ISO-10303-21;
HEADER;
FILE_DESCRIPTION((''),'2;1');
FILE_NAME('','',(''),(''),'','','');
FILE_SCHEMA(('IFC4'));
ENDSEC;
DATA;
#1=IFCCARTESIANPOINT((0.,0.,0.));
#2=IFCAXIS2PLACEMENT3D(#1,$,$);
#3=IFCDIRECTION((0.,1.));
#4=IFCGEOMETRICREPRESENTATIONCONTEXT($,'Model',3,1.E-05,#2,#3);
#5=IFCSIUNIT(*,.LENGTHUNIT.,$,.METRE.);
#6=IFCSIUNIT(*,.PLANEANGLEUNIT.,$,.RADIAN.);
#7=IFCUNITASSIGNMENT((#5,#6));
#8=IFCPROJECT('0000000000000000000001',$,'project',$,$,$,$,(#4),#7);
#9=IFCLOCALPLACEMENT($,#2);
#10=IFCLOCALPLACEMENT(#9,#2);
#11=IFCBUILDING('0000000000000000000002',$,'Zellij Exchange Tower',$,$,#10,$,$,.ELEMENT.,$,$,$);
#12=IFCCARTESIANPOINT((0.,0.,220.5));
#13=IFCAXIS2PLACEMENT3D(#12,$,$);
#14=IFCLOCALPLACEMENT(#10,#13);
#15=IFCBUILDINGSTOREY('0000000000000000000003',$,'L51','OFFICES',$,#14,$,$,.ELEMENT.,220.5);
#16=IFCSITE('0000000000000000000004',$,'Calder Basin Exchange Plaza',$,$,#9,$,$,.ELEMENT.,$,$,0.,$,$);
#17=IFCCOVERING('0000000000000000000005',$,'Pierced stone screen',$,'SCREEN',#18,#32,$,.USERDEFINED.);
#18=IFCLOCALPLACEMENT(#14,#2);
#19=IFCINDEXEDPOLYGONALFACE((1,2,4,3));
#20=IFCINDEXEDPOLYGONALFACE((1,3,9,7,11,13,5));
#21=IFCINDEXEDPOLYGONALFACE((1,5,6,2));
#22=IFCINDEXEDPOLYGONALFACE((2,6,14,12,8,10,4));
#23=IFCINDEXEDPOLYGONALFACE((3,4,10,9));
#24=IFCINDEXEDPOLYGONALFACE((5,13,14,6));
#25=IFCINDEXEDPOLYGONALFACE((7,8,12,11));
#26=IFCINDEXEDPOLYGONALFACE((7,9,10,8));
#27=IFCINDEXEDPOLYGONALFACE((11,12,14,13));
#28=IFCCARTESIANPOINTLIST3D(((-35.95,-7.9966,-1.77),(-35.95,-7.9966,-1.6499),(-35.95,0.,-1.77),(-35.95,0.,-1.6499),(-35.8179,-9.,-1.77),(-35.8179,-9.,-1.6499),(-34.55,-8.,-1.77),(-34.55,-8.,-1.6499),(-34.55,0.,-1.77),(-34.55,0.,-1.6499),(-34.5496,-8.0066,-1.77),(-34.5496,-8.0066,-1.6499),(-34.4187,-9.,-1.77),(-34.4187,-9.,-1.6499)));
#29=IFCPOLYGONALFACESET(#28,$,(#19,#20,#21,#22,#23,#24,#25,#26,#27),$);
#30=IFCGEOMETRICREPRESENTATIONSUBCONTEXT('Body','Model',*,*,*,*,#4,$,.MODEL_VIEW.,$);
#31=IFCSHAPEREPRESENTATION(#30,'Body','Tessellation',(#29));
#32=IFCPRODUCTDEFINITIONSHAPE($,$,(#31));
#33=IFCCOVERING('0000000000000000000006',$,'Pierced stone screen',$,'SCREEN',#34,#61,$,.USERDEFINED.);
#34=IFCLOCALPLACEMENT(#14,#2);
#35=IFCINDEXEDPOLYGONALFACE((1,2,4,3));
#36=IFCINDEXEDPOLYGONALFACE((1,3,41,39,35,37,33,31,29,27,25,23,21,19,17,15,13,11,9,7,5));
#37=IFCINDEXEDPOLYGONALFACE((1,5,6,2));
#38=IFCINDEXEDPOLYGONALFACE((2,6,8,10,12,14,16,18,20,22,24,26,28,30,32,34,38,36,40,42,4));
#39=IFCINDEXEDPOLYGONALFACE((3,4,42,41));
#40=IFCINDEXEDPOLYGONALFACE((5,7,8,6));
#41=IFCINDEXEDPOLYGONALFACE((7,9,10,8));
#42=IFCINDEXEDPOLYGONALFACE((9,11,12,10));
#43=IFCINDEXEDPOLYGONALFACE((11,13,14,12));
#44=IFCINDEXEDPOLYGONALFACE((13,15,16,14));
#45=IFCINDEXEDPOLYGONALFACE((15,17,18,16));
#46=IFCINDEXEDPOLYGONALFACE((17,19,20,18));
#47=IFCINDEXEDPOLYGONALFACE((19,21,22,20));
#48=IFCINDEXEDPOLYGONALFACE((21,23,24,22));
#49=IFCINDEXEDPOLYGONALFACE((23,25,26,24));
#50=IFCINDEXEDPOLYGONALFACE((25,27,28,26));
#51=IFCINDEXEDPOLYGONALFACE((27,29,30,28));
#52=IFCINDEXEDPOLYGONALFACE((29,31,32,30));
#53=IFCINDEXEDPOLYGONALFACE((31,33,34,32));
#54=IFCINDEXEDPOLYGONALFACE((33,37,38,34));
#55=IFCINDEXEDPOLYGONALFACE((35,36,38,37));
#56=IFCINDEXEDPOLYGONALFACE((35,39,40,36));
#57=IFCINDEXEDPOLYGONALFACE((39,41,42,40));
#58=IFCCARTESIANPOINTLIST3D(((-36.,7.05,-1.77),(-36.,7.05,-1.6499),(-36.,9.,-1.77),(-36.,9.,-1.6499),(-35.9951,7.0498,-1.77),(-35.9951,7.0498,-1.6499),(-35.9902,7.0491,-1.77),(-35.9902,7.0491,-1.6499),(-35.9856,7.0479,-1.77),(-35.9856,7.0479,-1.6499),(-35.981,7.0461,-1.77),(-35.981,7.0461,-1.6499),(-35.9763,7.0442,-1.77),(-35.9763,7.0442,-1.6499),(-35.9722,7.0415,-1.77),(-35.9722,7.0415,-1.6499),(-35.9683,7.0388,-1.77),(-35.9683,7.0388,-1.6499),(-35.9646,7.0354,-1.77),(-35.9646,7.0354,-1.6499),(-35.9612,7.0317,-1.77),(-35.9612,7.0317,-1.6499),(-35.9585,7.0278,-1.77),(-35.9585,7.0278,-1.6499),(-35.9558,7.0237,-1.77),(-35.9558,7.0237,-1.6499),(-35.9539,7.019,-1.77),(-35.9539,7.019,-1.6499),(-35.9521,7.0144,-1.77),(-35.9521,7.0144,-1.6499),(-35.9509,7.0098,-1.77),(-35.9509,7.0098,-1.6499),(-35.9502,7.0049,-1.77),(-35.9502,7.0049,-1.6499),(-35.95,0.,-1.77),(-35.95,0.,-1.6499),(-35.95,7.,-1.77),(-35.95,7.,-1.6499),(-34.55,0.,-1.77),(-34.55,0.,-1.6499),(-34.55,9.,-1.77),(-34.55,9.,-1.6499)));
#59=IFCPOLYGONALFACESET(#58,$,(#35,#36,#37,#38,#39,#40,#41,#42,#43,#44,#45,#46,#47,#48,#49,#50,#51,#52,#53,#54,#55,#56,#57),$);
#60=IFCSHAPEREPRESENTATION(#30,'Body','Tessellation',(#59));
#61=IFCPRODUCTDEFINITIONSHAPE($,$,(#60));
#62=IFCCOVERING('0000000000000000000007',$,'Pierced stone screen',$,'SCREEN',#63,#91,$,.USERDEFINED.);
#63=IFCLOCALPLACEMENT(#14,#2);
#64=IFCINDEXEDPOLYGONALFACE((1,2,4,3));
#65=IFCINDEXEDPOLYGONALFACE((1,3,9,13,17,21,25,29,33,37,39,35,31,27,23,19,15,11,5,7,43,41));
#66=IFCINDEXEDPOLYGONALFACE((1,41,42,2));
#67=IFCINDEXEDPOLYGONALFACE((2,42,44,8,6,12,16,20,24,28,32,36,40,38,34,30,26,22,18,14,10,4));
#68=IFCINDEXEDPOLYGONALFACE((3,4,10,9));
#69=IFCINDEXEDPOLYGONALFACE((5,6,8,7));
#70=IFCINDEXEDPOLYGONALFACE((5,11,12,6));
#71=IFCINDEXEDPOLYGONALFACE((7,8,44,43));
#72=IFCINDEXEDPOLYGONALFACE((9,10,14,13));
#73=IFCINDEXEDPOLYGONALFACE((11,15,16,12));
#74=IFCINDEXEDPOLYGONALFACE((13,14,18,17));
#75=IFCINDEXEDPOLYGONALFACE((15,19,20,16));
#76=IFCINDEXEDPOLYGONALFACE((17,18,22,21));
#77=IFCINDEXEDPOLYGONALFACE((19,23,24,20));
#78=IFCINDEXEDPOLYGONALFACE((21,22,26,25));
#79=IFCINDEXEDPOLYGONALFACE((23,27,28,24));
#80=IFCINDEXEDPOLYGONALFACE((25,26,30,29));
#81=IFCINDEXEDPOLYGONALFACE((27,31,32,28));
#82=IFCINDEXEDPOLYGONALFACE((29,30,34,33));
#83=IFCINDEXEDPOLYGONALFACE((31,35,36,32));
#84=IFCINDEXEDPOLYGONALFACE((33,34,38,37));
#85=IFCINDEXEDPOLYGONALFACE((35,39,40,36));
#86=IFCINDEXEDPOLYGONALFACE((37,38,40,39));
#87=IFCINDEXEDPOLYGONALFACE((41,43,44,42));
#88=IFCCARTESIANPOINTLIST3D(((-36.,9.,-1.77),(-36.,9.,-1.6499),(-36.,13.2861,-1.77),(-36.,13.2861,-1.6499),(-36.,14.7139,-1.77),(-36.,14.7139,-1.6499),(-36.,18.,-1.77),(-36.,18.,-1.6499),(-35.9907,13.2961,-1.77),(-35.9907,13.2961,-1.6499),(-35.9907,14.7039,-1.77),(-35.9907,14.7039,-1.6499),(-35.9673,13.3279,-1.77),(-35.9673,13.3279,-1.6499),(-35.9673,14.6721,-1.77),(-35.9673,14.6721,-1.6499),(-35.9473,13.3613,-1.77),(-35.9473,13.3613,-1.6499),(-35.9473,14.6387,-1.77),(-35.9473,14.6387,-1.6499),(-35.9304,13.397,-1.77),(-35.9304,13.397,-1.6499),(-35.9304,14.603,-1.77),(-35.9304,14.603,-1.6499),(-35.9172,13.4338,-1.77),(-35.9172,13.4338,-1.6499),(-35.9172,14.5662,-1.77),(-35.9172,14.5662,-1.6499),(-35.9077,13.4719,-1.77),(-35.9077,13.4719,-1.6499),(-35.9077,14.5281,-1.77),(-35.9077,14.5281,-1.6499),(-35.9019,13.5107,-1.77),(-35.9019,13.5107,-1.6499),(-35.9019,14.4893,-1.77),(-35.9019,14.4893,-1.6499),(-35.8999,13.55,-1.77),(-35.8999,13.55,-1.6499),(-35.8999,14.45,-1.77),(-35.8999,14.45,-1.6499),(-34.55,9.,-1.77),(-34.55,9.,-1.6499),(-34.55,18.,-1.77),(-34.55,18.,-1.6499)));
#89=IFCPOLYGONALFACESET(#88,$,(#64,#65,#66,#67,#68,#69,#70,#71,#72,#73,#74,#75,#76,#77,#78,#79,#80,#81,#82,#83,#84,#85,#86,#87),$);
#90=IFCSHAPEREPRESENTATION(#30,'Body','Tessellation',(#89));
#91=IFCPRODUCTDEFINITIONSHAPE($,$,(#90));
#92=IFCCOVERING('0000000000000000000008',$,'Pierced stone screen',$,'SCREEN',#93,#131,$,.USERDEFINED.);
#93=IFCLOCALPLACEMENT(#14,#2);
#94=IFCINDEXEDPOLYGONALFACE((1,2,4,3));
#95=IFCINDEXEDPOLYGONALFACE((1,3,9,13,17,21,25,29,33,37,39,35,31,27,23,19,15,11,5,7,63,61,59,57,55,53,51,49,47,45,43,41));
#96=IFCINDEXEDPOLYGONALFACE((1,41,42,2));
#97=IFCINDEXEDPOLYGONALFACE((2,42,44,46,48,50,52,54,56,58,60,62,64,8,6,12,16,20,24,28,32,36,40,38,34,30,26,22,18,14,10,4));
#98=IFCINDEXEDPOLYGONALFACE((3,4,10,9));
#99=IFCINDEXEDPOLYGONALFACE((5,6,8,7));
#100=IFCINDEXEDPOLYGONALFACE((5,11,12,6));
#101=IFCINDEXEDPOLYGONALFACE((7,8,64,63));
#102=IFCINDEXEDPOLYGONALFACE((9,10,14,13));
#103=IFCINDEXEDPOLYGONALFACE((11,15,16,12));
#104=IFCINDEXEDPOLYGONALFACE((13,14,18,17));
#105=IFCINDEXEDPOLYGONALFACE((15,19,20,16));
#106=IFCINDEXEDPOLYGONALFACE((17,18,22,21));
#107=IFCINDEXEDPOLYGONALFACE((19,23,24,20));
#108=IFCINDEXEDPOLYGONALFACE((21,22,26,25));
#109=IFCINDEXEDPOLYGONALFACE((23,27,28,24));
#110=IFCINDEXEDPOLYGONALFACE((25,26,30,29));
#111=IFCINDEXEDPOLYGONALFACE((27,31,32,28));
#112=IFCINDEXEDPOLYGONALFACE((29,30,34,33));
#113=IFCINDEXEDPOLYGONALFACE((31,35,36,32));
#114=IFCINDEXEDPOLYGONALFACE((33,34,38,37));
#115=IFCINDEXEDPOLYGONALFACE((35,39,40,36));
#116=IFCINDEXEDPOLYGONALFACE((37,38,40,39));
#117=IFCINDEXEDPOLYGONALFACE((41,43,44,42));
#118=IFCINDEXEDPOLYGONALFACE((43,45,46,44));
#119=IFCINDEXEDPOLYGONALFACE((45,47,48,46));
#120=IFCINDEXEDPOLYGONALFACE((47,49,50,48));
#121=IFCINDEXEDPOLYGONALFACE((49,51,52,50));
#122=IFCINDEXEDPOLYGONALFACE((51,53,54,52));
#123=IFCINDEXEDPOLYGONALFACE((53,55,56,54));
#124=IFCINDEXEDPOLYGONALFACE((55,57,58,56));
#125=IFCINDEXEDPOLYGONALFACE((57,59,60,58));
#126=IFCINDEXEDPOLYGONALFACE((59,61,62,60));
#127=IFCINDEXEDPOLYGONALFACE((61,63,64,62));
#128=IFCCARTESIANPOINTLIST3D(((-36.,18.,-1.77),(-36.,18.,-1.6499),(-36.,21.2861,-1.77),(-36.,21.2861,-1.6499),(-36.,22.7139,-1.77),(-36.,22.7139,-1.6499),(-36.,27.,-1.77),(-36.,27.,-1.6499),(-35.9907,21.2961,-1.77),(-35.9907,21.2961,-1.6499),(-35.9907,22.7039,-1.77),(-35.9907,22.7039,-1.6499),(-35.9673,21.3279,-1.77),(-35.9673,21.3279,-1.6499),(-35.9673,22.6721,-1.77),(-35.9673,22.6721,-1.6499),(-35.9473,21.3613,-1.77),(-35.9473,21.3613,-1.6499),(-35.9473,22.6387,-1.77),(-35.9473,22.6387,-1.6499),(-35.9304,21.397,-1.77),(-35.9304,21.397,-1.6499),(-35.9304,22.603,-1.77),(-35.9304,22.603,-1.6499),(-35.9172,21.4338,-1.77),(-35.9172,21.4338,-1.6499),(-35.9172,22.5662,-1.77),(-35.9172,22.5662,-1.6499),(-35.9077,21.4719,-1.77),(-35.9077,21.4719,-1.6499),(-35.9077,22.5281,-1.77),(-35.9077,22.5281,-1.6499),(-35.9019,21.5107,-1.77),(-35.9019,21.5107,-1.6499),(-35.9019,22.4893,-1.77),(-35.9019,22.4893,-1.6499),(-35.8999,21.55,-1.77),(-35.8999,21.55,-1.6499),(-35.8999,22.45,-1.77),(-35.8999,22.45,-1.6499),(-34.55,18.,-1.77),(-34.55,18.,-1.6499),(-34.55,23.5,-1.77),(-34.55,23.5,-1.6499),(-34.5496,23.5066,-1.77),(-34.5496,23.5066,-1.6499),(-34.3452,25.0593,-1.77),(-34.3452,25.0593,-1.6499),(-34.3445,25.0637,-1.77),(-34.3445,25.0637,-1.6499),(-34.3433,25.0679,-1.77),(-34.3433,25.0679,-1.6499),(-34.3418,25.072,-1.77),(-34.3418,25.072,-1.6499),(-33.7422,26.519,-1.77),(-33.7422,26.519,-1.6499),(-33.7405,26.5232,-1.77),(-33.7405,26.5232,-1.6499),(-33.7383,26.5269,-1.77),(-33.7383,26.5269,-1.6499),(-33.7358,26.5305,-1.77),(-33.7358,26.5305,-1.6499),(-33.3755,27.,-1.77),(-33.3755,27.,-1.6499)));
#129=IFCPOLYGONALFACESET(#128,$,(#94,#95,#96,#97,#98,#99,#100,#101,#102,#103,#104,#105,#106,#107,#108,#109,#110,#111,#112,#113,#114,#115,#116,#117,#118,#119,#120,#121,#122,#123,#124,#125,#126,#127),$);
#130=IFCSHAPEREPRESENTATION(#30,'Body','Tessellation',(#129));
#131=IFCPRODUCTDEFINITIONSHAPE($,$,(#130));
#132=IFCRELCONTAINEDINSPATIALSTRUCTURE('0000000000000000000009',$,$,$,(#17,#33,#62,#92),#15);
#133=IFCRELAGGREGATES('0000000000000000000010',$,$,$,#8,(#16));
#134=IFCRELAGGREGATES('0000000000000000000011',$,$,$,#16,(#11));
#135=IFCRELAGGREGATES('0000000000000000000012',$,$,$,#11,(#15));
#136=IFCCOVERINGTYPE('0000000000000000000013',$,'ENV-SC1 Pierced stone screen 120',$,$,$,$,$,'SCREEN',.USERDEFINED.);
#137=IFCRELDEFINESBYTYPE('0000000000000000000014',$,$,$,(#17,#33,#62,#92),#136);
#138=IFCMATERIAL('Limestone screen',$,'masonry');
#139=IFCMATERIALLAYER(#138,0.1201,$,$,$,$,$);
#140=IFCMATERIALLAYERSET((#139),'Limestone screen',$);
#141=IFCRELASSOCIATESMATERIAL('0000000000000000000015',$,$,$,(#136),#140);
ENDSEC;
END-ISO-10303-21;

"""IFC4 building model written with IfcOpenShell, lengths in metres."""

from ifc_helpers import new_model, si_unit, direction, frame, origin, place, context, subcontext, project, spatial, polyline, outline, extrude, material, layer, layer_set, type_object, element, save


model = new_model("IFC4")

# Units and contexts
model_context = context("Model", 3, precision=1e-05, world=origin(), true_north=direction((0.0, 1.0)))
body_context = subcontext(model_context, "Body", "Model", "MODEL_VIEW")
ifc_project = project(units=[si_unit("LENGTHUNIT", "METRE"), si_unit("PLANEANGLEUNIT", "RADIAN")], contexts=[model_context])

# Site, building, storey
site_placement = place(None, origin())
site = spatial("IfcSite", under=ifc_project, at=site_placement, Name="Calder Basin Exchange Plaza", CompositionType="ELEMENT", RefElevation=0.0)
building_placement = place(site_placement, origin())
building = spatial("IfcBuilding", under=site, at=building_placement, Name="Zellij Exchange Tower", CompositionType="ELEMENT")
storey_placement = place(building_placement, frame((0.0, 0.0, 220.5)))
storey = spatial("IfcBuildingStorey", under=building, at=storey_placement, Name="L51", Description="OFFICES", CompositionType="ELEMENT", Elevation=220.5)

# Coverings
ifc_material_1 = material(Name="Limestone screen", Category="masonry")
ifc_layer_1 = layer(ifc_material_1, 0.1201)
ifc_layer_set_1 = layer_set([ifc_layer_1], Name="Limestone screen")
covering_type_1 = type_object("IfcCoveringType", Name="ENV-SC1 Pierced stone screen 120", ElementType="SCREEN", PredefinedType="USERDEFINED", material=ifc_layer_set_1)
covering_1_placement = place(storey_placement, frame((0.0, 0.0, -1.77)))
element("IfcCovering", 1, at=covering_1_placement, inside=storey, type_object=covering_type_1, Name="Pierced stone screen", ObjectType="SCREEN", PredefinedType="USERDEFINED", context=body_context, shape_type="SweptSolid", body=[
    extrude(outline(polyline([(-35.95, -7.9966), (-35.95, 0.0), (-34.55, 0.0), (-34.55, -8.0), (-34.5496, -8.0066), (-34.4187, -9.0), (-35.8179, -9.0), (-35.95, -7.9966)])), origin(), (0.0, 0.0, 1.0), 0.1201),
])
covering_2_placement = place(storey_placement, frame((0.0, 0.0, -1.77)))
element("IfcCovering", 2, at=covering_2_placement, inside=storey, type_object=covering_type_1, Name="Pierced stone screen", ObjectType="SCREEN", PredefinedType="USERDEFINED", context=body_context, shape_type="SweptSolid", body=[
    extrude(outline(polyline([(-35.95, 7.0), (-35.9502, 7.0049), (-35.9509, 7.0098), (-35.9521, 7.0144), (-35.9539, 7.019), (-35.9558, 7.0237), (-35.9585, 7.0278), (-35.9612, 7.0317), (-35.9646, 7.0354), (-35.9683, 7.0388), (-35.9722, 7.0415), (-35.9763, 7.0442), (-35.981, 7.0461), (-35.9856, 7.0479), (-35.9902, 7.0491), (-35.9951, 7.0498), (-36.0, 7.05), (-36.0, 9.0), (-34.55, 9.0), (-34.55, 0.0), (-35.95, 0.0), (-35.95, 7.0)])), origin(), (0.0, 0.0, 1.0), 0.1201),
])
covering_3_placement = place(storey_placement, frame((0.0, 0.0, -1.77)))
element("IfcCovering", 3, at=covering_3_placement, inside=storey, type_object=covering_type_1, Name="Pierced stone screen", ObjectType="SCREEN", PredefinedType="USERDEFINED", context=body_context, shape_type="SweptSolid", body=[
    extrude(outline(polyline([(-34.55, 9.0), (-36.0, 9.0), (-36.0, 13.2861), (-35.9907, 13.2961), (-35.9673, 13.3279), (-35.9473, 13.3613), (-35.9304, 13.397), (-35.9172, 13.4338), (-35.9077, 13.4719), (-35.9019, 13.5107), (-35.8999, 13.55), (-35.8999, 14.45), (-35.9019, 14.4893), (-35.9077, 14.5281), (-35.9172, 14.5662), (-35.9304, 14.603), (-35.9473, 14.6387), (-35.9673, 14.6721), (-35.9907, 14.7039), (-36.0, 14.7139), (-36.0, 18.0), (-34.55, 18.0), (-34.55, 9.0)])), origin(), (0.0, 0.0, 1.0), 0.1201),
])
covering_4_placement = place(storey_placement, frame((0.0, 0.0, -1.77)))
element("IfcCovering", 4, at=covering_4_placement, inside=storey, type_object=covering_type_1, Name="Pierced stone screen", ObjectType="SCREEN", PredefinedType="USERDEFINED", context=body_context, shape_type="SweptSolid", body=[
    extrude(outline(polyline([(-33.7358, 26.5305), (-33.7383, 26.5269), (-33.7405, 26.5232), (-33.7422, 26.519), (-34.3418, 25.072), (-34.3433, 25.0679), (-34.3445, 25.0637), (-34.3452, 25.0593), (-34.5496, 23.5066), (-34.55, 23.5), (-34.55, 18.0), (-36.0, 18.0), (-36.0, 21.2861), (-35.9907, 21.2961), (-35.9673, 21.3279), (-35.9473, 21.3613), (-35.9304, 21.397), (-35.9172, 21.4338), (-35.9077, 21.4719), (-35.9019, 21.5107), (-35.8999, 21.55), (-35.8999, 22.45), (-35.9019, 22.4893), (-35.9077, 22.5281), (-35.9172, 22.5662), (-35.9304, 22.603), (-35.9473, 22.6387), (-35.9673, 22.6721), (-35.9907, 22.7039), (-36.0, 22.7139), (-36.0, 27.0), (-33.3755, 27.0), (-33.7358, 26.5305)])), origin(), (0.0, 0.0, 1.0), 0.1201),
])

save(model, "model.ifc")
